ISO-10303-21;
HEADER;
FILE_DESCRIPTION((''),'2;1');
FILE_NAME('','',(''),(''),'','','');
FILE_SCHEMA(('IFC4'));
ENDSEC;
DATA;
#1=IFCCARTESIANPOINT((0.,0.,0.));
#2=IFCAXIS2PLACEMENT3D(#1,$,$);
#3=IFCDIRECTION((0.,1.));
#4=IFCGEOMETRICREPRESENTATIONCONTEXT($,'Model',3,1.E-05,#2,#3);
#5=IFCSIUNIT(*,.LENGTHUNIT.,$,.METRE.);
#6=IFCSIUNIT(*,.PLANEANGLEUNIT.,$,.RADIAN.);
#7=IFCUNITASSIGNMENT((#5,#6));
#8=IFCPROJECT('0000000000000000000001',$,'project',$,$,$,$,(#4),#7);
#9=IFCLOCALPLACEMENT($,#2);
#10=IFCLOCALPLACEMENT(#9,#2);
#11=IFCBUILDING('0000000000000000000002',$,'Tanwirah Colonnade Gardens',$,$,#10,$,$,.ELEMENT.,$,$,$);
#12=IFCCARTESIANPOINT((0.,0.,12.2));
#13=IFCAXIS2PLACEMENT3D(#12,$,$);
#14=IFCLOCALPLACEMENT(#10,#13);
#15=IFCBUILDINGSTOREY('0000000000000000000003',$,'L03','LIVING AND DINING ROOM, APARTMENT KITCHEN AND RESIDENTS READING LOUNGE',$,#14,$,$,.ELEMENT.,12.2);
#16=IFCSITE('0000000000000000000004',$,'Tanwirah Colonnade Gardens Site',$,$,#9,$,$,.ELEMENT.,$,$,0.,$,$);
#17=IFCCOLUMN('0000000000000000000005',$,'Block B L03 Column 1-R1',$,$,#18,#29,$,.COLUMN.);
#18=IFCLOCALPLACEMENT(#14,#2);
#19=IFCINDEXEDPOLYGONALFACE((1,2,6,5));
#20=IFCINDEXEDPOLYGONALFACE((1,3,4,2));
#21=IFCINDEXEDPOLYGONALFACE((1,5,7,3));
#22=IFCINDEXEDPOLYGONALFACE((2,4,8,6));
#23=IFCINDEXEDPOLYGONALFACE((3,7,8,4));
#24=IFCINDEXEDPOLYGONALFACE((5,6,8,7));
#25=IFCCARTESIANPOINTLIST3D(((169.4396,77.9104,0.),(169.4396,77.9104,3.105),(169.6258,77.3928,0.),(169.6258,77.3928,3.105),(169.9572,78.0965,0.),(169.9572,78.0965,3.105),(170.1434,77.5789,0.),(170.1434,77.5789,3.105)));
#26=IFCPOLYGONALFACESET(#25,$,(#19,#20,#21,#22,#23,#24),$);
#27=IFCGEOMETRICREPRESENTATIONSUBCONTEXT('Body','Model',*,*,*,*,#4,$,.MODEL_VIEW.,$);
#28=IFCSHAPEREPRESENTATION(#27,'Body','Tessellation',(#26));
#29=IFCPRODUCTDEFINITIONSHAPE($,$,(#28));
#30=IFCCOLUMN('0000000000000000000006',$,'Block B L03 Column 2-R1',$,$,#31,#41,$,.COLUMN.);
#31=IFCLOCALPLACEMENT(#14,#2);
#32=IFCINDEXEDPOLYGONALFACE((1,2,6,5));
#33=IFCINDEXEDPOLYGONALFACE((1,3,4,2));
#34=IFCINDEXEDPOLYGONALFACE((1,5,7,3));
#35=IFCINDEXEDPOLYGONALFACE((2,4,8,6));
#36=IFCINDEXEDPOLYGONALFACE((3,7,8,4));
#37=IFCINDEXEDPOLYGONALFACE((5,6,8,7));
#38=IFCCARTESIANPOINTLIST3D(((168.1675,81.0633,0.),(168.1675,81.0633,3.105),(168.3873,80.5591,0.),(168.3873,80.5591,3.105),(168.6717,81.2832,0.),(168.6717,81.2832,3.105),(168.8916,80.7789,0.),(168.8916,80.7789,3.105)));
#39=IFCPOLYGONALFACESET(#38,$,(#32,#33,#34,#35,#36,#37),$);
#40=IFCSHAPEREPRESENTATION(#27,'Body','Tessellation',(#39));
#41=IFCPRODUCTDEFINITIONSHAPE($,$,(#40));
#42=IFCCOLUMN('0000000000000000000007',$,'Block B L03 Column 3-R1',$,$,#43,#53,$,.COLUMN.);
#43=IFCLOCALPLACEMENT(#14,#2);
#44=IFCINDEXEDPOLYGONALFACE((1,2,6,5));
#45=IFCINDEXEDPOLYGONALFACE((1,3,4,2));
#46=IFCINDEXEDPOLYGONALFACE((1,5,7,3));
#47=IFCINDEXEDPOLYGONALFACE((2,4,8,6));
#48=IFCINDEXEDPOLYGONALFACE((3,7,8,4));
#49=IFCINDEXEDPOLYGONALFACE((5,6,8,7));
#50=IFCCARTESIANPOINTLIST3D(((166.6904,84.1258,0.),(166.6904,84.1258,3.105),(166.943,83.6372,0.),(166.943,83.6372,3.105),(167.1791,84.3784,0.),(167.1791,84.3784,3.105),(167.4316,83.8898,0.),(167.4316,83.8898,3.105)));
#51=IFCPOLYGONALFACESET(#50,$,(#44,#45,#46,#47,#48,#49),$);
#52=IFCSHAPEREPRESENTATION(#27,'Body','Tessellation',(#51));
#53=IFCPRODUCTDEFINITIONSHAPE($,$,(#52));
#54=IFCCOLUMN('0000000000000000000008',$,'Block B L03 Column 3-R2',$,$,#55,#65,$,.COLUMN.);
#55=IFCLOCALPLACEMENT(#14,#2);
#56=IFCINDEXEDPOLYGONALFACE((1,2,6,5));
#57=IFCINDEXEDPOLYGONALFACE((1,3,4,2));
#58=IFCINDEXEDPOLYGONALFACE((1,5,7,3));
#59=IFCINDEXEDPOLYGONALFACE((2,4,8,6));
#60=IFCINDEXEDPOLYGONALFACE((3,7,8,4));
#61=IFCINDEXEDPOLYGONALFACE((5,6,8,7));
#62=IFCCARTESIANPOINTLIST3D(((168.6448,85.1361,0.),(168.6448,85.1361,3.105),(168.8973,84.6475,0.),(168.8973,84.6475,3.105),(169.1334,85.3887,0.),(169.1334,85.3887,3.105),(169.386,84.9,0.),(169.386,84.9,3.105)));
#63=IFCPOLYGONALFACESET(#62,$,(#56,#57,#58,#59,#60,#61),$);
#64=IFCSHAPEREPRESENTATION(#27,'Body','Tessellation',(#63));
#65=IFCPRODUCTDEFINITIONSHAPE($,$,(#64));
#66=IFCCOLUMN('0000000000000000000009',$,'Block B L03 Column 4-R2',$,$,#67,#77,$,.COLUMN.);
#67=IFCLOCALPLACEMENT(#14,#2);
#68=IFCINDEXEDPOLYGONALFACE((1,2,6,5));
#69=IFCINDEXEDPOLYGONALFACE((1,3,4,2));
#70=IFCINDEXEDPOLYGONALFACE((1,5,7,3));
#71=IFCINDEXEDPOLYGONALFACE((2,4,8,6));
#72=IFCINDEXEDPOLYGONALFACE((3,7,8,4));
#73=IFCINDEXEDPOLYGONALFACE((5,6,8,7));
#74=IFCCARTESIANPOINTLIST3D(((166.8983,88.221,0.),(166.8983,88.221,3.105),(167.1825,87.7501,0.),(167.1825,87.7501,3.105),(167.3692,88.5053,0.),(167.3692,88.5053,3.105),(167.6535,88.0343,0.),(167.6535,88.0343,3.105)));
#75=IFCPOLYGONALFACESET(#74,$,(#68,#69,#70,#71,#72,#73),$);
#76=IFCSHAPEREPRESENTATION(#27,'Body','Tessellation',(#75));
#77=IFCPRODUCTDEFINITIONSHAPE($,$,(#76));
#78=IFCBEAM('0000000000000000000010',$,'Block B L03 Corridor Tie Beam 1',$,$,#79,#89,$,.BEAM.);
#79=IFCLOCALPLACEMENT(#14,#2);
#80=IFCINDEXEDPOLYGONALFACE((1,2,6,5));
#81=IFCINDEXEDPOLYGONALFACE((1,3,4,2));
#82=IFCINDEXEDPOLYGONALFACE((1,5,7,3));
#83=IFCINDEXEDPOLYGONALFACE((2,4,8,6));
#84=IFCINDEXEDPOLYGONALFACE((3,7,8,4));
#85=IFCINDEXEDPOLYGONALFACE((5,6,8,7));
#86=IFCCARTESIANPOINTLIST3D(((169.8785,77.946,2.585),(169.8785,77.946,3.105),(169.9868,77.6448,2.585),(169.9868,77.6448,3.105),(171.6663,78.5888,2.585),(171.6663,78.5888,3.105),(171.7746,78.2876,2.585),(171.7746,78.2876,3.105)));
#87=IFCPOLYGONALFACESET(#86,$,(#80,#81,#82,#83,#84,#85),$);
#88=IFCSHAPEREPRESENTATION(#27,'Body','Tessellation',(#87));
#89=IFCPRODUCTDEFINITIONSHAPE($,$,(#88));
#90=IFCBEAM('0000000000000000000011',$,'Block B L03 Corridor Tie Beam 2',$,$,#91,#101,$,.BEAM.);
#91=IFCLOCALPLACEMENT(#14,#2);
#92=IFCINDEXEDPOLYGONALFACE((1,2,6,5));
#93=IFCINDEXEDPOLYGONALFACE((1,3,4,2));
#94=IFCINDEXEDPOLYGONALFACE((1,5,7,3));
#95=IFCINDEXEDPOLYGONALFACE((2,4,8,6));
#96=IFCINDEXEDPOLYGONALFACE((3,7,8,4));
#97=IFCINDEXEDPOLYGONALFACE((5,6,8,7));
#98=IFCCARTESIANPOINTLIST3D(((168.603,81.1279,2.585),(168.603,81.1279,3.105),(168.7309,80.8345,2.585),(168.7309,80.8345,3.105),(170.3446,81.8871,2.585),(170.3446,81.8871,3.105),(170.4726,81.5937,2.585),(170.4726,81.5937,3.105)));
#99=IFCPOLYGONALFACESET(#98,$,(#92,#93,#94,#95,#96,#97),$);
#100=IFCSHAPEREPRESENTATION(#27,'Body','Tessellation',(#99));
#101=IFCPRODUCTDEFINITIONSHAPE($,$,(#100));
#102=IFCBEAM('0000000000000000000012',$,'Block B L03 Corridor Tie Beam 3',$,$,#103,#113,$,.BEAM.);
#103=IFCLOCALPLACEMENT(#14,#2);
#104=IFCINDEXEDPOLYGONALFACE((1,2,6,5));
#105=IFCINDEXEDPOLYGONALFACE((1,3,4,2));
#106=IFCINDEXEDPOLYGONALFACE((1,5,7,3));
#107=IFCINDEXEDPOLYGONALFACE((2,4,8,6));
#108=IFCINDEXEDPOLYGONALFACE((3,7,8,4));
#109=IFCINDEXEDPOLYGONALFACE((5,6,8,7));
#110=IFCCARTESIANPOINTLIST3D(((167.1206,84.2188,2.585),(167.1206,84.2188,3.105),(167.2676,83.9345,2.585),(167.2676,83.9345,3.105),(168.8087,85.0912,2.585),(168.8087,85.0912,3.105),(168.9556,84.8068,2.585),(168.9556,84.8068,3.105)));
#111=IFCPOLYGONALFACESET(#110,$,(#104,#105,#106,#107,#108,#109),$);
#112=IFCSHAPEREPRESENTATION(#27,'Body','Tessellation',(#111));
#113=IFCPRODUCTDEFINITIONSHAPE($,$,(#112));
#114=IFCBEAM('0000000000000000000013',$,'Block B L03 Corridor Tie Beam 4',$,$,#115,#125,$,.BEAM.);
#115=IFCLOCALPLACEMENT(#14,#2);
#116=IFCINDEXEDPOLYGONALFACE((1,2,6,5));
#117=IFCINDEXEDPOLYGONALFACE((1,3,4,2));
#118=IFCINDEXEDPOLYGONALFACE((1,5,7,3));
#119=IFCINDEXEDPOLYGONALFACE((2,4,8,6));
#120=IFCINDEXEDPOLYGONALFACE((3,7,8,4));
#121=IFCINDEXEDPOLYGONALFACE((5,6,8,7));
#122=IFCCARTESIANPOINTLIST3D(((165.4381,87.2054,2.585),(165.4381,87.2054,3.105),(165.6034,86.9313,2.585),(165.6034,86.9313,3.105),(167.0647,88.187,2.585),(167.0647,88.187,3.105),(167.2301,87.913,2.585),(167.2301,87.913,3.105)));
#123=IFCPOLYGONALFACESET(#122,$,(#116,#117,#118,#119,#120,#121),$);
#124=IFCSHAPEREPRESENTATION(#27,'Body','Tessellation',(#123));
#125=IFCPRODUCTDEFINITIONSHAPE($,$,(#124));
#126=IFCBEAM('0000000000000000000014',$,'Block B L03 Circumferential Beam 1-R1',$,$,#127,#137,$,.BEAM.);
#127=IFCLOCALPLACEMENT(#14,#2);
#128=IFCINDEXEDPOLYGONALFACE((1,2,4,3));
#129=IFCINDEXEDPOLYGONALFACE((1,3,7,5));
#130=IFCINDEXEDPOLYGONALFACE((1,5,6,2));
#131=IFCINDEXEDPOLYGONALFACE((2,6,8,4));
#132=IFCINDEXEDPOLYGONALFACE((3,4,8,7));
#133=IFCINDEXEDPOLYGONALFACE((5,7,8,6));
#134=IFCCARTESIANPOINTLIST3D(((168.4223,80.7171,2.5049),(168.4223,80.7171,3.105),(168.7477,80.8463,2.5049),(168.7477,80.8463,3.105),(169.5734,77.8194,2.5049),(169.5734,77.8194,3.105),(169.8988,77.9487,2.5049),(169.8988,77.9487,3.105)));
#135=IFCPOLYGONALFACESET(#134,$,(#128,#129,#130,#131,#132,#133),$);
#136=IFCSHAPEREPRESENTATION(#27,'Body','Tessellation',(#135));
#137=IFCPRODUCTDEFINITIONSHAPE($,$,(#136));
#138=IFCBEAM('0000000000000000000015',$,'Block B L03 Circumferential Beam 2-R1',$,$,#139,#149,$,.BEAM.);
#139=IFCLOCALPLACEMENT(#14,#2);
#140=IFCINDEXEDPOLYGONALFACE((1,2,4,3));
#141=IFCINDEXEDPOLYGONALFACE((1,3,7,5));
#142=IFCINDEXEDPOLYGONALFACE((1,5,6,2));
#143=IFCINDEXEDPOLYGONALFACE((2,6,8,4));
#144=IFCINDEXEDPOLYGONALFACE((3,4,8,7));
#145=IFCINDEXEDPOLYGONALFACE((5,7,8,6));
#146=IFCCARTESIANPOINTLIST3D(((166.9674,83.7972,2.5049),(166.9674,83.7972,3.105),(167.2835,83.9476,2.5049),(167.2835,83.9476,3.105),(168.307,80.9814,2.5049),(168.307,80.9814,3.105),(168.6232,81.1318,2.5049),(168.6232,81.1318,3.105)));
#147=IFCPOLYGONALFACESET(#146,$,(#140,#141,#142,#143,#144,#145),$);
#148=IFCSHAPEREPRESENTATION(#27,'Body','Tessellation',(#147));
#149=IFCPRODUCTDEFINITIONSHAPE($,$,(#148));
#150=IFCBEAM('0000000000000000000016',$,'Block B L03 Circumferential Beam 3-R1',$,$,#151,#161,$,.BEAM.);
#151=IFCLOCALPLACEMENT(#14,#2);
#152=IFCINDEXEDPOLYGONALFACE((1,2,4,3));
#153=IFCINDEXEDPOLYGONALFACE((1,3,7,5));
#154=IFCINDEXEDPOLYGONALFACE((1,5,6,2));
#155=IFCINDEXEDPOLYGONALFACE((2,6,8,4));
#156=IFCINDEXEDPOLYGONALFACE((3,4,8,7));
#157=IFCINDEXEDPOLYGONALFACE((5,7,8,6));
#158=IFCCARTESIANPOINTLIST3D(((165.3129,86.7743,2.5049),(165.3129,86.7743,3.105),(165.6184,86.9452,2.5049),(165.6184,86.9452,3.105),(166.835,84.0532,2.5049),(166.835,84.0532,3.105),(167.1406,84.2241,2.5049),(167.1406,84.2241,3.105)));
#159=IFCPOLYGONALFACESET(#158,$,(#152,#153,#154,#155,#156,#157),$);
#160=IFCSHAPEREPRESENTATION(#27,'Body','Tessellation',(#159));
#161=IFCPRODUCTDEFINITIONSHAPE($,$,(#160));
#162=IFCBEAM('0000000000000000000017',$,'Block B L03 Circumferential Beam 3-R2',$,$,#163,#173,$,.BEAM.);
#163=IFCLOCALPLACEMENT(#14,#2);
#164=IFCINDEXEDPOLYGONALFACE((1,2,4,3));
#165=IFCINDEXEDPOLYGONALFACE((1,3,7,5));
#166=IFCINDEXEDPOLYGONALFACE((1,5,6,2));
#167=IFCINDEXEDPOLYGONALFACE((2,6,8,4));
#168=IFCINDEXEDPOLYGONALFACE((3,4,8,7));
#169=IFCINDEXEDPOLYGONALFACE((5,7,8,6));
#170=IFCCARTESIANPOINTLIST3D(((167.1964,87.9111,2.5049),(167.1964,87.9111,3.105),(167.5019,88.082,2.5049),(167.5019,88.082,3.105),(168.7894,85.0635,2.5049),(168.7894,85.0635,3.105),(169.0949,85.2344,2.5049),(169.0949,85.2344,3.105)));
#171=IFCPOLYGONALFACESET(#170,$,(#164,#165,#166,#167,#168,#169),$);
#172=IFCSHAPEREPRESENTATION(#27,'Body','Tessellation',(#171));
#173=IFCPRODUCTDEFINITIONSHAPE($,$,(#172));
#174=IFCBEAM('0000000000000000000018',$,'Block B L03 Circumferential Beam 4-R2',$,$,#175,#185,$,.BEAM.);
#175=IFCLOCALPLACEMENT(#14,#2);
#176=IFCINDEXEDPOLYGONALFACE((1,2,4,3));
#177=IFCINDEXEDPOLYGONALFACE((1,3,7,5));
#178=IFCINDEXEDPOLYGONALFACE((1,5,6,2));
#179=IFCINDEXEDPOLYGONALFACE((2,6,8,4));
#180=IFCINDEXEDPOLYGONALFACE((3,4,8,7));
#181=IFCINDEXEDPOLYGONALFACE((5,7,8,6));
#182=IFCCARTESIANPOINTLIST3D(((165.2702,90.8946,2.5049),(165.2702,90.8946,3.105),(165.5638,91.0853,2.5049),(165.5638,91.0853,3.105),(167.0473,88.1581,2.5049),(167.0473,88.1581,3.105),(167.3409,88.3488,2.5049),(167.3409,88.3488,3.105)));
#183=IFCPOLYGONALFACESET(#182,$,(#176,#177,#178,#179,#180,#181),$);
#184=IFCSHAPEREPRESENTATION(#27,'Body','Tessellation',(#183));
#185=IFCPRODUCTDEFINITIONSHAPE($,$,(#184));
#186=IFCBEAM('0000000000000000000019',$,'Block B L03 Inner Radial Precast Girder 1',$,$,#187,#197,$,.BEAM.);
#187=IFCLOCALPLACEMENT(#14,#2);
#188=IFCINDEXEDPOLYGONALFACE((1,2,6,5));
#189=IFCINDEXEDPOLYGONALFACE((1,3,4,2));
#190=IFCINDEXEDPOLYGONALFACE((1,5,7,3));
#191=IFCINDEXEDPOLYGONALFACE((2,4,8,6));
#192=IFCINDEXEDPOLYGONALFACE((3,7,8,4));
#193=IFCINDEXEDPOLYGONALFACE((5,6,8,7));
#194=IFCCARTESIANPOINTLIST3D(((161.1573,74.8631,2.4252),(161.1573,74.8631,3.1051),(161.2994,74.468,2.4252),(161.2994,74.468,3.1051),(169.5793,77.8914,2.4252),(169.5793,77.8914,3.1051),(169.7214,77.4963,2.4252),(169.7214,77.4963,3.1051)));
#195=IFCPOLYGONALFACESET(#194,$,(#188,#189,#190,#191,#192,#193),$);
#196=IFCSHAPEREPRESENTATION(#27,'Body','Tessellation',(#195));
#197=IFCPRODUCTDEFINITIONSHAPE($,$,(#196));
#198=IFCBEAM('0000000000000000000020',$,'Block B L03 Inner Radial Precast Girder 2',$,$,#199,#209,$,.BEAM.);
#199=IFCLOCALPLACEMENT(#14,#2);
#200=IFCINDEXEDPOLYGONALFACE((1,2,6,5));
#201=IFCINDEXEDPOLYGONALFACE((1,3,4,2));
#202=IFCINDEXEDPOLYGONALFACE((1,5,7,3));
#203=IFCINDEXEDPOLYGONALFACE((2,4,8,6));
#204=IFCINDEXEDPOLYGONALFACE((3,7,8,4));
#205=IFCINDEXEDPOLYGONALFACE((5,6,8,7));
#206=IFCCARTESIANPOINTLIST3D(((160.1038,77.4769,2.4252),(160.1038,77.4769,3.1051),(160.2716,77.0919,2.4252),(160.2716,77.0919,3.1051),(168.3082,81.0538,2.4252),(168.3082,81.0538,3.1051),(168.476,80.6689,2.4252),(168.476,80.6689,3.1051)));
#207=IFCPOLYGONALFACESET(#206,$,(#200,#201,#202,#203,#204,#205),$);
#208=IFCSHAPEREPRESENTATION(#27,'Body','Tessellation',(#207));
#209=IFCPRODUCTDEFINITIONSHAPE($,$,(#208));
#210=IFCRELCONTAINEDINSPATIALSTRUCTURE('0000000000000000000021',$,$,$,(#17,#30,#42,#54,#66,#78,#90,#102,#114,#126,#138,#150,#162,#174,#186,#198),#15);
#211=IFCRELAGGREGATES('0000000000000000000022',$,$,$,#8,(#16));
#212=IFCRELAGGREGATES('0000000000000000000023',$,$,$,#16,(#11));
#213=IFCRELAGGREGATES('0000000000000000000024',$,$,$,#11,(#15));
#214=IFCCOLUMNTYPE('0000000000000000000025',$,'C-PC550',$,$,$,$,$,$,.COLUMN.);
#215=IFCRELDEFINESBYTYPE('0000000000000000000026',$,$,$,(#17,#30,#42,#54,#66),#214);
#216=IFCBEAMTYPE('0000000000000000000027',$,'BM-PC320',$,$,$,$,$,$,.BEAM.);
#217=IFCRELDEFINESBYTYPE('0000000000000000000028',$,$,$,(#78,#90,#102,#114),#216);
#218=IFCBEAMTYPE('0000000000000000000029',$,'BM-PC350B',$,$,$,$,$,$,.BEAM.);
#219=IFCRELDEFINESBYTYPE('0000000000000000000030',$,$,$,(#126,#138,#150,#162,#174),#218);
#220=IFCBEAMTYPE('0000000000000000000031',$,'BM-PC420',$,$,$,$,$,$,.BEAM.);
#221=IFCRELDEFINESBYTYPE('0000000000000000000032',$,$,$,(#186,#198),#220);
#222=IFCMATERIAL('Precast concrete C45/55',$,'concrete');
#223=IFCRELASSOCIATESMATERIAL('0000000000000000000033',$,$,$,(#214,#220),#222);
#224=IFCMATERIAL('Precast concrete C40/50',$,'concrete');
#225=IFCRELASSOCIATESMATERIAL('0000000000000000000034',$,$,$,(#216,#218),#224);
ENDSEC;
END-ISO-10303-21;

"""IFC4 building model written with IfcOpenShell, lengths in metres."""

from ifc_helpers import new_model, si_unit, direction, frame, origin, origin_2d, place, context, subcontext, project, spatial, rectangle, extrude, material, material_profile, profile_set, type_object, element, save


model = new_model("IFC4")

# Units and contexts
model_context = context("Model", 3, precision=1e-05, world=origin(), true_north=direction((0.0, 1.0)))
body_context = subcontext(model_context, "Body", "Model", "MODEL_VIEW")
ifc_project = project(units=[si_unit("LENGTHUNIT", "METRE"), si_unit("PLANEANGLEUNIT", "RADIAN")], contexts=[model_context])

# Site, building, storey
site_placement = place(None, origin())
site = spatial("IfcSite", under=ifc_project, at=site_placement, Name="Tanwirah Colonnade Gardens Site", CompositionType="ELEMENT", RefElevation=0.0)
building_placement = place(site_placement, origin())
building = spatial("IfcBuilding", under=site, at=building_placement, Name="Tanwirah Colonnade Gardens", CompositionType="ELEMENT")
storey_placement = place(building_placement, frame((0.0, 0.0, 12.2)))
storey = spatial("IfcBuildingStorey", under=building, at=storey_placement, Name="L03", Description="LIVING AND DINING ROOM, APARTMENT KITCHEN AND RESIDENTS READING LOUNGE", CompositionType="ELEMENT", Elevation=12.2)

# Columns
ifc_material_1 = material(Name="Precast concrete C45/55", Category="concrete")
ifc_material_profile_1 = material_profile(ifc_material_1, rectangle(XDim=0.55, YDim=0.55, at=origin_2d()), Name="PC-COL 550x550")
ifc_profile_set_1 = profile_set([ifc_material_profile_1], Name="Precast concrete C45/55")
column_type = type_object("IfcColumnType", Name="C-PC550", PredefinedType="COLUMN", material=ifc_profile_set_1)
for number, where, z_axis, x_axis, name in (
    (1, (169.7915, 77.7446, 0.0), (0.0, 0.0, 1.0), (0.941012, 0.338373, 0.0), "Block B L03 Column 1-R1"),
    (2, (168.5295, 80.9211, 0.0), (0.0, 0.0, 1.0), (0.916673, 0.399638, 0.0), "Block B L03 Column 2-R1"),
    (3, (167.061, 84.0078, 0.0), (0.0, 0.0, 1.0), (0.88835, 0.459166, 0.0), "Block B L03 Column 3-R1"),
    (4, (169.0154, 85.0181, 0.0), (0.0, 0.0, 1.0), (0.88835, 0.459166, 0.0), "Block B L03 Column 3-R2"),
    (5, (167.2759, 88.1277, 0.0), (0.0, 0.0, 1.0), (0.856167, 0.516699, 0.0), "Block B L03 Column 4-R2"),
):
    element("IfcColumn", number, at=place(storey_placement, frame(where, z_axis=z_axis, x_axis=x_axis)), inside=storey, type_object=column_type, Name=name, PredefinedType="COLUMN", context=body_context, shape_type="SweptSolid", body=[
        extrude(rectangle(XDim=0.55, YDim=0.55, at=origin_2d()), origin(), (0.0, 0.0, 1.0), 3.105),
    ])

# Beams
ifc_material_2 = material(Name="Precast concrete C40/50", Category="concrete")
ifc_material_profile_2 = material_profile(ifc_material_2, rectangle(XDim=0.3201, YDim=0.52, at=origin_2d()), Name="PC-BM 320x520")
ifc_profile_set_2 = profile_set([ifc_material_profile_2], Name="Precast concrete C40/50")
beam_type_1 = type_object("IfcBeamType", Name="BM-PC320", PredefinedType="BEAM", material=ifc_profile_set_2)
for number, where, z_axis, x_axis, name in (
    (6, (169.9326, 77.7954, 2.845), (0.941022, 0.338346, 0.0), (-0.338346, 0.941022, 0.0), "Block B L03 Corridor Tie Beam 1"),
    (7, (168.667, 80.9812, 2.845), (0.916681, 0.399619, 0.0), (-0.399619, 0.916681, 0.0), "Block B L03 Corridor Tie Beam 2"),
):
    element("IfcBeam", number, at=place(storey_placement, frame(where, z_axis=z_axis, x_axis=x_axis)), inside=storey, type_object=beam_type_1, Name=name, PredefinedType="BEAM", context=body_context, shape_type="SweptSolid", body=[
        extrude(rectangle(XDim=0.3201, YDim=0.52, at=origin_2d()), origin(), (0.0, 0.0, 1.0), 1.8999),
    ])
beam_1_placement = place(storey_placement, frame((167.1941, 84.0767, 2.845), z_axis=(0.888386, 0.459098, 0.0), x_axis=(-0.459098, 0.888386, 0.0)))
element("IfcBeam", 8, at=beam_1_placement, inside=storey, type_object=beam_type_1, Name="Block B L03 Corridor Tie Beam 3", PredefinedType="BEAM", context=body_context, shape_type="SweptSolid", body=[
    extrude(rectangle(XDim=0.3201, YDim=0.52, at=origin_2d()), origin(), (0.0, 0.0, 1.0), 1.9001),
])
beam_2_placement = place(storey_placement, frame((165.5208, 87.0684, 2.845), z_axis=(0.856175, 0.516686, 0.0), x_axis=(-0.516686, 0.856175, 0.0)))
element("IfcBeam", 9, at=beam_2_placement, inside=storey, type_object=beam_type_1, Name="Block B L03 Corridor Tie Beam 4", PredefinedType="BEAM", context=body_context, shape_type="SweptSolid", body=[
    extrude(rectangle(XDim=0.3201, YDim=0.52, at=origin_2d()), origin(), (0.0, 0.0, 1.0), 1.8999),
])
ifc_material_profile_3 = material_profile(ifc_material_2, rectangle(XDim=0.3501, YDim=0.6001, at=origin_2d()), Name="PC-BM 350x600")
ifc_profile_set_3 = profile_set([ifc_material_profile_3], Name="Precast concrete C40/50")
beam_type_2 = type_object("IfcBeamType", Name="BM-PC350B", PredefinedType="BEAM", material=ifc_profile_set_3)
beam_3_placement = place(storey_placement, frame((169.7361, 77.884, 2.8049), z_axis=(-0.369189, 0.929354, 0.0), x_axis=(-0.929354, -0.369189, 0.0)))
element("IfcBeam", 10, at=beam_3_placement, inside=storey, type_object=beam_type_2, Name="Block B L03 Circumferential Beam 1-R1", PredefinedType="BEAM", context=body_context, shape_type="SweptSolid", body=[
    extrude(rectangle(XDim=0.3501, YDim=0.6001, at=origin_2d()), origin(), (0.0, 0.0, 1.0), 3.1179),
])
beam_4_placement = place(storey_placement, frame((168.4651, 81.0566, 2.8049), z_axis=(-0.429621, 0.90301, 0.0), x_axis=(-0.90301, -0.429621, 0.0)))
element("IfcBeam", 11, at=beam_4_placement, inside=storey, type_object=beam_type_2, Name="Block B L03 Circumferential Beam 2-R1", PredefinedType="BEAM", context=body_context, shape_type="SweptSolid", body=[
    extrude(rectangle(XDim=0.3501, YDim=0.6001, at=origin_2d()), origin(), (0.0, 0.0, 1.0), 3.1182),
])
beam_5_placement = place(storey_placement, frame((166.9878, 84.1387, 2.8049), z_axis=(-0.4882, 0.872732, 0.0), x_axis=(-0.872732, -0.4882, 0.0)))
element("IfcBeam", 12, at=beam_5_placement, inside=storey, type_object=beam_type_2, Name="Block B L03 Circumferential Beam 3-R1", PredefinedType="BEAM", context=body_context, shape_type="SweptSolid", body=[
    extrude(rectangle(XDim=0.3501, YDim=0.6001, at=origin_2d()), origin(), (0.0, 0.0, 1.0), 3.1179),
])
for number, where, z_axis, x_axis, name in (
    (13, (168.9421, 85.1489, 2.8049), (-0.488214, 0.872724, 0.0), (-0.872724, -0.488214, 0.0), "Block B L03 Circumferential Beam 3-R2"),
    (14, (167.1941, 88.2534, 2.8049), (-0.544628, 0.838678, 0.0), (-0.838678, -0.544628, 0.0), "Block B L03 Circumferential Beam 4-R2"),
):
    element("IfcBeam", number, at=place(storey_placement, frame(where, z_axis=z_axis, x_axis=x_axis)), inside=storey, type_object=beam_type_2, Name=name, PredefinedType="BEAM", context=body_context, shape_type="SweptSolid", body=[
        extrude(rectangle(XDim=0.3501, YDim=0.6001, at=origin_2d()), origin(), (0.0, 0.0, 1.0), 3.2629),
    ])
ifc_material_profile_4 = material_profile(ifc_material_1, rectangle(XDim=0.4199, YDim=0.6799, at=origin_2d()), Name="PC-BM 420x680")
ifc_profile_set_4 = profile_set([ifc_material_profile_4], Name="Precast concrete C45/55")
beam_type_3 = type_object("IfcBeamType", Name="BM-PC420", PredefinedType="BEAM", material=ifc_profile_set_4)
beam_6_placement = place(storey_placement, frame((169.6504, 77.6938, 2.7651), z_axis=(-0.941017, -0.338359, 0.0), x_axis=(0.338359, -0.941017, 0.0)))
element("IfcBeam", 15, at=beam_6_placement, inside=storey, type_object=beam_type_3, Name="Block B L03 Inner Radial Precast Girder 1", PredefinedType="BEAM", context=body_context, shape_type="SweptSolid", body=[
    extrude(rectangle(XDim=0.4199, YDim=0.6799, at=origin_2d()), origin(), (0.0, 0.0, 1.0), 8.95),
])
beam_7_placement = place(storey_placement, frame((168.3921, 80.8613, 2.7651), z_axis=(-0.916669, -0.399647, 0.0), x_axis=(0.399647, -0.916669, 0.0)))
element("IfcBeam", 16, at=beam_7_placement, inside=storey, type_object=beam_type_3, Name="Block B L03 Inner Radial Precast Girder 2", PredefinedType="BEAM", context=body_context, shape_type="SweptSolid", body=[
    extrude(rectangle(XDim=0.4199, YDim=0.6799, at=origin_2d()), origin(), (0.0, 0.0, 1.0), 8.9502),
])

save(model, "model.ifc")
